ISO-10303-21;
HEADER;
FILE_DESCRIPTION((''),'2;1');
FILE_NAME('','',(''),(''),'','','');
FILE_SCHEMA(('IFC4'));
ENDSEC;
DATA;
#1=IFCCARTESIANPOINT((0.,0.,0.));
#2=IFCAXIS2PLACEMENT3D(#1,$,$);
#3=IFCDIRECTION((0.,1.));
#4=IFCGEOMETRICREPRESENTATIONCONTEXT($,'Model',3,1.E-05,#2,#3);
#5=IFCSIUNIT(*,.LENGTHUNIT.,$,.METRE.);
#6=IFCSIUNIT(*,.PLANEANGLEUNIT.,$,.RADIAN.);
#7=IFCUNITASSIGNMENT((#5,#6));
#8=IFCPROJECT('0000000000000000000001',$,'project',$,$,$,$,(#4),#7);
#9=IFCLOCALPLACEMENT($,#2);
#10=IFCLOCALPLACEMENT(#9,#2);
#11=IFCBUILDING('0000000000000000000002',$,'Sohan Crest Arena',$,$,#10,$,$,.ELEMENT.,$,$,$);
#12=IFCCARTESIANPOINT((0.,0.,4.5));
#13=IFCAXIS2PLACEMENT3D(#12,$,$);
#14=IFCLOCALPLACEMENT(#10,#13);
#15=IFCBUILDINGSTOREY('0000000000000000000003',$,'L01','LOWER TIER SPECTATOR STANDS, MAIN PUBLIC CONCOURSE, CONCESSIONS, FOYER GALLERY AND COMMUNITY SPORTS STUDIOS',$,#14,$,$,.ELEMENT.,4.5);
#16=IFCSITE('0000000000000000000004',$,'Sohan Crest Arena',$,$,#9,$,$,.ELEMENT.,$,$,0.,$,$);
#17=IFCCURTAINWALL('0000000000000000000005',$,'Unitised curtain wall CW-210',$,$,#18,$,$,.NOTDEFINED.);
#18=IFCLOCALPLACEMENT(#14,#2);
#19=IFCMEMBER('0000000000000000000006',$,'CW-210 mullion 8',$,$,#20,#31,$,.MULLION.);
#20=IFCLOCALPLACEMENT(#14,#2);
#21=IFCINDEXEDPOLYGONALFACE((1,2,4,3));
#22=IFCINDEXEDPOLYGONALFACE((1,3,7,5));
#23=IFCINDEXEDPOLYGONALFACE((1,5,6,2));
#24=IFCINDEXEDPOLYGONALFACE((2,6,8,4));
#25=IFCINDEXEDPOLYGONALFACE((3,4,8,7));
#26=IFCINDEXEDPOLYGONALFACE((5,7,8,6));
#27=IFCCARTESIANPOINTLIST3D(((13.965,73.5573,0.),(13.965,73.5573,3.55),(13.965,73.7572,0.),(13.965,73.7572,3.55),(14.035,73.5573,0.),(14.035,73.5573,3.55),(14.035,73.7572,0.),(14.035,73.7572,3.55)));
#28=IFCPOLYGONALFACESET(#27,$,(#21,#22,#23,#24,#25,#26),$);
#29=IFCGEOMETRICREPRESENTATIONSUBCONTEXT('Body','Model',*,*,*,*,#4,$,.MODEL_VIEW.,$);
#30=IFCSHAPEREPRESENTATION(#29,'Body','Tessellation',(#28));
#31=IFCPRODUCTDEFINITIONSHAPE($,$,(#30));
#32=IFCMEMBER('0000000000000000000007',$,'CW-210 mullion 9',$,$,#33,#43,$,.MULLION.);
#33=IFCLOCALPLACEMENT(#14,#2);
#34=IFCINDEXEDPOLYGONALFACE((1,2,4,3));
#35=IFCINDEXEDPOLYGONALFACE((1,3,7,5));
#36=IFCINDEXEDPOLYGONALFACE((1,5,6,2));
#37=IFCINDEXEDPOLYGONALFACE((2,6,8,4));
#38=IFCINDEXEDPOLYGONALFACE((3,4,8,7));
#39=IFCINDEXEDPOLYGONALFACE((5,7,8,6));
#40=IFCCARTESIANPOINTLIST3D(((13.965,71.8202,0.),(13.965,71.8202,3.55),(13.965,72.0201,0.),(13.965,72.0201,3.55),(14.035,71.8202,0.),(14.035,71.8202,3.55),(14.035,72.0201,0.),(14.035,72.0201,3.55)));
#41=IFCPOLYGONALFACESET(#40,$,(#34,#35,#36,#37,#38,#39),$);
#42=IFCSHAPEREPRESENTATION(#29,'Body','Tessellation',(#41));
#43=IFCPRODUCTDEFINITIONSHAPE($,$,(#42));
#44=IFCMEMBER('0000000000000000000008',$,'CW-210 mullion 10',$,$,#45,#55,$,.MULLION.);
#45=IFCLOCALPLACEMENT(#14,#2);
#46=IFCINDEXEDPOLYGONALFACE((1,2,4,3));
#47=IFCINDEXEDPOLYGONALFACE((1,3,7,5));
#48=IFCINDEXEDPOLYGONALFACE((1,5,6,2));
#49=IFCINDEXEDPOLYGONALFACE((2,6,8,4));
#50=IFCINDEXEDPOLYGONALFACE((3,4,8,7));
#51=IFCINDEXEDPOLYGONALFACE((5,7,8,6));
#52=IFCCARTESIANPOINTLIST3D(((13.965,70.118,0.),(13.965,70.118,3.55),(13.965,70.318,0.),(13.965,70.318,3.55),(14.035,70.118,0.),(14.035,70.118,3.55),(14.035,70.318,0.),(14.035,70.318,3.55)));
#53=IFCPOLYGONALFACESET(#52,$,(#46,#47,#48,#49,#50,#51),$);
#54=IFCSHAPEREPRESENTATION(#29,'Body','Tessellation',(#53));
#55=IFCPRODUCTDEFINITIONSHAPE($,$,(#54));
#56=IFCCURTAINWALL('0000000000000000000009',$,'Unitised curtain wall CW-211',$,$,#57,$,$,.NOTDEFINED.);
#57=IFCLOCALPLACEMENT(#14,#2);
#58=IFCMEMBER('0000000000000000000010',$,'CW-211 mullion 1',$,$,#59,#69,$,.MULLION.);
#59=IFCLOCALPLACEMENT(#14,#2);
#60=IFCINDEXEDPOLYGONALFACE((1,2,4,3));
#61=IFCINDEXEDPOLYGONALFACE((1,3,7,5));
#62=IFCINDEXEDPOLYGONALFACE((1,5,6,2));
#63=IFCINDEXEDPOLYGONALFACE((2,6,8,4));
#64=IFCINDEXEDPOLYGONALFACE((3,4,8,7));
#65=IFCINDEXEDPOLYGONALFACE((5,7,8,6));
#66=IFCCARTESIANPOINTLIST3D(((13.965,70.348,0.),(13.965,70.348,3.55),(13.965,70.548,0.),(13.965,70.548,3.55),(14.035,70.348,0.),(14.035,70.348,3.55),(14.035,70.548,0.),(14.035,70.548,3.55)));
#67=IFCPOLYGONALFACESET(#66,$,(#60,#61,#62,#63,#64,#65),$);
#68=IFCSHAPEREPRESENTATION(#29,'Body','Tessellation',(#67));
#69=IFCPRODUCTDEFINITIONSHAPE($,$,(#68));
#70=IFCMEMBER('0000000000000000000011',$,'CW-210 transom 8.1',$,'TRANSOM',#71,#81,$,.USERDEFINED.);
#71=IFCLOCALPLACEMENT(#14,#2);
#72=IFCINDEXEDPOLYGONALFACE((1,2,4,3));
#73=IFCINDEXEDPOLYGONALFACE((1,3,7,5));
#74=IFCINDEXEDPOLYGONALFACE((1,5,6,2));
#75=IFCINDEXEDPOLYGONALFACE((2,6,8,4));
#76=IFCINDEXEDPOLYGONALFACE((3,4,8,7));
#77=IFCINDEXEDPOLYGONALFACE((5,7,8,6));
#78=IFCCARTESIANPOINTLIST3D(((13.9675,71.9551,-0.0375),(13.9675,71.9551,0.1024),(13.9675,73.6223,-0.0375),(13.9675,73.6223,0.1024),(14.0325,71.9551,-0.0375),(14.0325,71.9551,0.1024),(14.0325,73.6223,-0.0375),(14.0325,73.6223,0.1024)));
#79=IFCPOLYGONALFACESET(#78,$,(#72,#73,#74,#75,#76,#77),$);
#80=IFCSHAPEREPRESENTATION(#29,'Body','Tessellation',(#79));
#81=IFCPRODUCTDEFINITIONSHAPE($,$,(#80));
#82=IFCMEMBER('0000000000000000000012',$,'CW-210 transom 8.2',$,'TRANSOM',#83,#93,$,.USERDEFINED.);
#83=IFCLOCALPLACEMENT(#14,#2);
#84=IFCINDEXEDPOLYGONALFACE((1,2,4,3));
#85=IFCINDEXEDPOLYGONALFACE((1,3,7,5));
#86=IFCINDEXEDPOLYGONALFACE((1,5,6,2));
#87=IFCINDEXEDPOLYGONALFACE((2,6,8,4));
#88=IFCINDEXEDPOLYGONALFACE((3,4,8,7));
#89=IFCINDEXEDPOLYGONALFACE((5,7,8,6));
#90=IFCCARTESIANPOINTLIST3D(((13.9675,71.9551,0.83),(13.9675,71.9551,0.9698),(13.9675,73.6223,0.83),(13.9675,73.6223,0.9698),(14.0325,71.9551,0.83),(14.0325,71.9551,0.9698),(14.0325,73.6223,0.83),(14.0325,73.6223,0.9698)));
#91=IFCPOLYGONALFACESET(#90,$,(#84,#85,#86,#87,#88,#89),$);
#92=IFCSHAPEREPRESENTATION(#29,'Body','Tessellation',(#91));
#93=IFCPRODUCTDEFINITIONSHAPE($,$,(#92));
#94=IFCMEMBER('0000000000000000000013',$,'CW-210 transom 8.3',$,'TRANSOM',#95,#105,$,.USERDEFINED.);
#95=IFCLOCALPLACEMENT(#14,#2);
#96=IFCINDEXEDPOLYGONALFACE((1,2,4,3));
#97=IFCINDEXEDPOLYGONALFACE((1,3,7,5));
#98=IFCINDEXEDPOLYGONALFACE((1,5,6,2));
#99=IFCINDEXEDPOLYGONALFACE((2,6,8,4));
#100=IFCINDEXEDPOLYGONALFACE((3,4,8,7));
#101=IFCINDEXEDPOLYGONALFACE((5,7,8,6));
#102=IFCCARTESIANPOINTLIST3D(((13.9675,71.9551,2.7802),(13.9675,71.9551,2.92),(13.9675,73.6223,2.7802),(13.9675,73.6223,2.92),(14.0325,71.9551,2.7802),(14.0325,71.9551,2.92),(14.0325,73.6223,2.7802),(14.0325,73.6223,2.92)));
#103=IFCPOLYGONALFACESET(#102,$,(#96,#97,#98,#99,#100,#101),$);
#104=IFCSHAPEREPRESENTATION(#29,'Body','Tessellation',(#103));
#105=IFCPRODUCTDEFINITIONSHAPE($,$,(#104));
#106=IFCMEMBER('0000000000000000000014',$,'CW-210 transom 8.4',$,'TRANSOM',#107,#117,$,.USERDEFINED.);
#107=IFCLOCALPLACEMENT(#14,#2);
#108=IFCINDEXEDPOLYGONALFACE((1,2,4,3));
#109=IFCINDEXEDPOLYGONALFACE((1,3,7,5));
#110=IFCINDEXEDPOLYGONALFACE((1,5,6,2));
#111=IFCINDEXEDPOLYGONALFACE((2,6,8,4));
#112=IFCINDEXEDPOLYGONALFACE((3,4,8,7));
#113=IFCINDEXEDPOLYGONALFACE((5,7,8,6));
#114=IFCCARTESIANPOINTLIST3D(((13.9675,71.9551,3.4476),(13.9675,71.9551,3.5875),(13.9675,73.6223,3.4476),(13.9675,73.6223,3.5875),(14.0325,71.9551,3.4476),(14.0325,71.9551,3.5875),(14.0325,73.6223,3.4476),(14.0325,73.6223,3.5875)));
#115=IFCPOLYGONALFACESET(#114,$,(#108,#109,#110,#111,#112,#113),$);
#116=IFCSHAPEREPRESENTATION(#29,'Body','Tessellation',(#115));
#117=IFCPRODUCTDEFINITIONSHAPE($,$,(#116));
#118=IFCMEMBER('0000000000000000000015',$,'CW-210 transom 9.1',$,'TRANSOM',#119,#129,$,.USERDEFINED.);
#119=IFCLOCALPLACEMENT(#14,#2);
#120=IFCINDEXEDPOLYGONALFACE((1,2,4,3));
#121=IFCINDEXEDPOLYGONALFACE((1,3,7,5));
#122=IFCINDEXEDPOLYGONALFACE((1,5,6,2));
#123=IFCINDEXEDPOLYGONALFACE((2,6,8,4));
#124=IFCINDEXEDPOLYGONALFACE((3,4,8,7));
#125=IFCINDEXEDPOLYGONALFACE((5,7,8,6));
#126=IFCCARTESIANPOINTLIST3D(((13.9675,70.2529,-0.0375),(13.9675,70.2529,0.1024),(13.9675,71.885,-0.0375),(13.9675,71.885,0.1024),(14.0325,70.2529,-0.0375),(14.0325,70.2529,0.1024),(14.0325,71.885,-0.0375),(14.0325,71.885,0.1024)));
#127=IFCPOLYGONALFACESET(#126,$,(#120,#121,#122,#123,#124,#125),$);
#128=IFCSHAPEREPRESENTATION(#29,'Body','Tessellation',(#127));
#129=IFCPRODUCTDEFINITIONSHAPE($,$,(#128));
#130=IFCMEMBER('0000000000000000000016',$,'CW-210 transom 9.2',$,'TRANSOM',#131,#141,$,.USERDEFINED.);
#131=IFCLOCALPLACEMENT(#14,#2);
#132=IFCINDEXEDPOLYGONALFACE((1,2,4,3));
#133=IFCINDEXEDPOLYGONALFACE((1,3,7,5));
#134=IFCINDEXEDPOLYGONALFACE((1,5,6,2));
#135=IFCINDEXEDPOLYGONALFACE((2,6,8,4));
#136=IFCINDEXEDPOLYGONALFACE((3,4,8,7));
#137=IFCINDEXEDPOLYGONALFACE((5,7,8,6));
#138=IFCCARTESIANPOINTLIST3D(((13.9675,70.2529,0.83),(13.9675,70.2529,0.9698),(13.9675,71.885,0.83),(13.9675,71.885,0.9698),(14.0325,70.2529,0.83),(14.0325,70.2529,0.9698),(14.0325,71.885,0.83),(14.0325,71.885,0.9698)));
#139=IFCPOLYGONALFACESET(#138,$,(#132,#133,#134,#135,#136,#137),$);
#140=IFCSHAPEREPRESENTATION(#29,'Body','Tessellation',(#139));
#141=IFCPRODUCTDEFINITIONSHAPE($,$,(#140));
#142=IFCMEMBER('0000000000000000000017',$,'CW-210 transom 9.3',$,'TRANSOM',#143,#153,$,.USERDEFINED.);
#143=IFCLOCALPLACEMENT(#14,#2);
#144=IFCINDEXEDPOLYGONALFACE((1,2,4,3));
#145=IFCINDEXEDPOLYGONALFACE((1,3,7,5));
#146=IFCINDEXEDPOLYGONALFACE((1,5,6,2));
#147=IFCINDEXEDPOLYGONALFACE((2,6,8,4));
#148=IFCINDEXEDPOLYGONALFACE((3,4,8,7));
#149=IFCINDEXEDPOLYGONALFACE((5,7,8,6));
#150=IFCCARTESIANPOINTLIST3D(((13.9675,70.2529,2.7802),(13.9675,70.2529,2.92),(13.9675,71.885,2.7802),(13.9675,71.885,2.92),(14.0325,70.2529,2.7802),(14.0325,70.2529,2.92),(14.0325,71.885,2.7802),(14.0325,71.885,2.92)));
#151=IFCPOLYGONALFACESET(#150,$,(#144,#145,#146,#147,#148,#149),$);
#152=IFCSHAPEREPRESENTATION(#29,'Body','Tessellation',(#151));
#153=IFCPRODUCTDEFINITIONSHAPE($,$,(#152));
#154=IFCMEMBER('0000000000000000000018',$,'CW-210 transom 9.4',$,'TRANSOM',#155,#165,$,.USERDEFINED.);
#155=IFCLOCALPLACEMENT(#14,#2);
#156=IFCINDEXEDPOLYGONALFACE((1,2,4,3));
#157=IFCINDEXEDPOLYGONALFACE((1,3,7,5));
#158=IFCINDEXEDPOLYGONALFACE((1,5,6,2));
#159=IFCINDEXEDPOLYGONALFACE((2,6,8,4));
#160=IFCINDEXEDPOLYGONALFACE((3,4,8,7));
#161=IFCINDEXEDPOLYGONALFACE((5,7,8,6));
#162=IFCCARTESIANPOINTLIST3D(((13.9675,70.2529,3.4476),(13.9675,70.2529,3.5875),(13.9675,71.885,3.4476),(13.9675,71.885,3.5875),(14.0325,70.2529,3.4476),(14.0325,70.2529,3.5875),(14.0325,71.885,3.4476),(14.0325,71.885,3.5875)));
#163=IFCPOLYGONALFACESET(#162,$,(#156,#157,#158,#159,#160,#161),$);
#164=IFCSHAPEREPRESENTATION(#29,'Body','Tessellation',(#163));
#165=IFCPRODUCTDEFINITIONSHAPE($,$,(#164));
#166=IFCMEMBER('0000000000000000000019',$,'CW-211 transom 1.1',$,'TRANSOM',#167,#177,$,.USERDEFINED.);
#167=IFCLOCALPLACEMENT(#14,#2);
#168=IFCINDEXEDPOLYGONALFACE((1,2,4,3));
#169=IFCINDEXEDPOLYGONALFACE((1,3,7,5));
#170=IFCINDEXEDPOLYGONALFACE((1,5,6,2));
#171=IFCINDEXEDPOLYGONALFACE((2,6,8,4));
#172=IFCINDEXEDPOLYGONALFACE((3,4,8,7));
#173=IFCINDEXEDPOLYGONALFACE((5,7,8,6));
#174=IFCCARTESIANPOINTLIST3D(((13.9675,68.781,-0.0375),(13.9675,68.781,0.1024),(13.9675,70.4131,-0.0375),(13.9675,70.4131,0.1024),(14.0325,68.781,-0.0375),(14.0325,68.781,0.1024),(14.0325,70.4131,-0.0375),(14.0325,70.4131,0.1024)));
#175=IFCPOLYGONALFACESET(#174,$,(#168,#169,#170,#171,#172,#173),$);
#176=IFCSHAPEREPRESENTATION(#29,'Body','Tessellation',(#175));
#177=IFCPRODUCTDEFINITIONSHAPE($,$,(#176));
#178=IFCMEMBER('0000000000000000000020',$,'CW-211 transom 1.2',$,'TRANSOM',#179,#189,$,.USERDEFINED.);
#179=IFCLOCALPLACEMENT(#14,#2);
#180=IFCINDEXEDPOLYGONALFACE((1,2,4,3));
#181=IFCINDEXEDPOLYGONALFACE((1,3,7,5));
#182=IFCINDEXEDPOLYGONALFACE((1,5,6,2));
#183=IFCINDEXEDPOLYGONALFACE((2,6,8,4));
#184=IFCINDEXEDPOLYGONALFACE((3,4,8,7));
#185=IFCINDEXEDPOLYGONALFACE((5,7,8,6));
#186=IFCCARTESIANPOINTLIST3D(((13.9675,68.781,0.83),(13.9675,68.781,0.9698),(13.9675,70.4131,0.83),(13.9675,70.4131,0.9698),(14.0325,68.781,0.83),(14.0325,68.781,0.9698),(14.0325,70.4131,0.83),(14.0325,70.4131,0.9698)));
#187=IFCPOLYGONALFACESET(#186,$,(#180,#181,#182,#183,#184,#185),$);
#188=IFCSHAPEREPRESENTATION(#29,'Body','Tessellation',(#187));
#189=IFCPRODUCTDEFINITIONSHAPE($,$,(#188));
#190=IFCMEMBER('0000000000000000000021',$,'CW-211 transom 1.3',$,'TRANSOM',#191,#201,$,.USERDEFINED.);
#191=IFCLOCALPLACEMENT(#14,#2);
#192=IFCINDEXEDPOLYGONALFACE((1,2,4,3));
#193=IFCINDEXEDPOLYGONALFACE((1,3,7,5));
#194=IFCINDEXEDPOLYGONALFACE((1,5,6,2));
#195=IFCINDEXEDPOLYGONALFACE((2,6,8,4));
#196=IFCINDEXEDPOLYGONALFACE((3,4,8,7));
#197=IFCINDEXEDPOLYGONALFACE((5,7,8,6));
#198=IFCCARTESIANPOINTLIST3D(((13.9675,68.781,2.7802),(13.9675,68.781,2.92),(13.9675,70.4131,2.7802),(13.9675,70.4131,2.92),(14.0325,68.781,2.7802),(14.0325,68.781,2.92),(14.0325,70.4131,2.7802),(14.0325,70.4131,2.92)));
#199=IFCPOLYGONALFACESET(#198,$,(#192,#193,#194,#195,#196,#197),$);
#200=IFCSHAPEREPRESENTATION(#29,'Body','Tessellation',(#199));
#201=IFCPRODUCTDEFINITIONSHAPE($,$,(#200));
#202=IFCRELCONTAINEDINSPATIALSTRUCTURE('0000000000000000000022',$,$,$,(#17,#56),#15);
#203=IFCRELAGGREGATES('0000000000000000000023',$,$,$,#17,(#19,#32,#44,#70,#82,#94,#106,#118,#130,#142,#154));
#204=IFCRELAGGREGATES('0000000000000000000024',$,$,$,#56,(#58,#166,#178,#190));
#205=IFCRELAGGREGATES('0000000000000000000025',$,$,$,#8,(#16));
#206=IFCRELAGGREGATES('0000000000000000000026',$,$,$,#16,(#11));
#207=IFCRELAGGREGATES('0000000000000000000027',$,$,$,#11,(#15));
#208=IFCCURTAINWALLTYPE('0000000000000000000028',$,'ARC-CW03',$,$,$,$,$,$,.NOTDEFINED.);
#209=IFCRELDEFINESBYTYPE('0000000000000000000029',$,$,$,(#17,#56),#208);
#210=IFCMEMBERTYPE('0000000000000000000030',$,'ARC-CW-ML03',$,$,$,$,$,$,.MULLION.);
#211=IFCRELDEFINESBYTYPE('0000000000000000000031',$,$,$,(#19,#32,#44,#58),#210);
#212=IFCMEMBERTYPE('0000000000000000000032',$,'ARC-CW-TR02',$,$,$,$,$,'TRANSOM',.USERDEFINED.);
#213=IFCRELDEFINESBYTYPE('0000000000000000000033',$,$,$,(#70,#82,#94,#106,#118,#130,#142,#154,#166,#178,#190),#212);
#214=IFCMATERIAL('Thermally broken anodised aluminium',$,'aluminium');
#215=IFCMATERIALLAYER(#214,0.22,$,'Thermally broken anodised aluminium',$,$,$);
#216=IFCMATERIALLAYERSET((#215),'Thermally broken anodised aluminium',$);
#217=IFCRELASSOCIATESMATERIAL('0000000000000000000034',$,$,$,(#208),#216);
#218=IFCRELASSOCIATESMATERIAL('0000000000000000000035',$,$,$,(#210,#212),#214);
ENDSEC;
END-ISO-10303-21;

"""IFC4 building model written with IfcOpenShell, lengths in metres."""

from ifc_helpers import new_model, si_unit, direction, frame, origin, origin_2d, place, context, subcontext, project, spatial, rectangle, extrude, material, layer, layer_set, material_profile, profile_set, type_object, element, aggregate, save


model = new_model("IFC4")

# Units and contexts
model_context = context("Model", 3, precision=1e-05, world=origin(), true_north=direction((0.0, 1.0)))
body_context = subcontext(model_context, "Body", "Model", "MODEL_VIEW")
ifc_project = project(units=[si_unit("LENGTHUNIT", "METRE"), si_unit("PLANEANGLEUNIT", "RADIAN")], contexts=[model_context])

# Site, building, storey
site_placement = place(None, origin())
site = spatial("IfcSite", under=ifc_project, at=site_placement, Name="Sohan Crest Arena", CompositionType="ELEMENT", RefElevation=0.0)
building_placement = place(site_placement, origin())
building = spatial("IfcBuilding", under=site, at=building_placement, Name="Sohan Crest Arena", CompositionType="ELEMENT")
storey_placement = place(building_placement, frame((0.0, 0.0, 4.5)))
storey = spatial("IfcBuildingStorey", under=building, at=storey_placement, Name="L01", Description="LOWER TIER SPECTATOR STANDS, MAIN PUBLIC CONCOURSE, CONCESSIONS, FOYER GALLERY AND COMMUNITY SPORTS STUDIOS", CompositionType="ELEMENT", Elevation=4.5)

# Curtain wall, members
ifc_material_1 = material(Name="Thermally broken anodised aluminium", Category="aluminium")
ifc_layer_1 = layer(ifc_material_1, 0.22, Name="Thermally broken anodised aluminium")
ifc_layer_set_1 = layer_set([ifc_layer_1], Name="Thermally broken anodised aluminium")
curtain_wall_type = type_object("IfcCurtainWallType", Name="ARC-CW03", PredefinedType="NOTDEFINED", material=ifc_layer_set_1)
curtain_wall_1_placement = place(storey_placement, origin())
curtain_wall_1 = element("IfcCurtainWall", 1, at=curtain_wall_1_placement, inside=storey, type_object=curtain_wall_type, Name="Unitised curtain wall CW-210", PredefinedType="NOTDEFINED")
ifc_material_profile_1 = material_profile(ifc_material_1, rectangle(XDim=0.0701, YDim=0.2, at=origin_2d()), Name="ALU-MULL 70x200")
ifc_profile_set_1 = profile_set([ifc_material_profile_1], Name="Thermally broken anodised aluminium")
member_type_1 = type_object("IfcMemberType", Name="ARC-CW-ML03", PredefinedType="MULLION", material=ifc_profile_set_1)
member_1_placement = place(storey_placement, frame((14.0, 73.6572, 0.0), z_axis=(0.0, 0.0, 1.0), x_axis=(1.0, 0.0, 0.0)))
member_1 = element("IfcMember", 2, at=member_1_placement, type_object=member_type_1, Name="CW-210 mullion 8", PredefinedType="MULLION", context=body_context, shape_type="SweptSolid", body=[
    extrude(rectangle(XDim=0.0701, YDim=0.2, at=origin_2d()), origin(), (0.0, 0.0, 1.0), 3.55),
])
member_2_placement = place(storey_placement, frame((14.0, 71.9202, 0.0), z_axis=(0.0, 0.0, 1.0), x_axis=(1.0, 0.0, 0.0)))
member_2 = element("IfcMember", 3, at=member_2_placement, type_object=member_type_1, Name="CW-210 mullion 9", PredefinedType="MULLION", context=body_context, shape_type="SweptSolid", body=[
    extrude(rectangle(XDim=0.0701, YDim=0.2, at=origin_2d()), origin(), (0.0, 0.0, 1.0), 3.55),
])
member_3_placement = place(storey_placement, frame((14.0, 70.218, 0.0), z_axis=(0.0, 0.0, 1.0), x_axis=(1.0, 0.0, 0.0)))
member_3 = element("IfcMember", 4, at=member_3_placement, type_object=member_type_1, Name="CW-210 mullion 10", PredefinedType="MULLION", context=body_context, shape_type="SweptSolid", body=[
    extrude(rectangle(XDim=0.0701, YDim=0.2, at=origin_2d()), origin(), (0.0, 0.0, 1.0), 3.55),
])

# Curtain wall, member
curtain_wall_2_placement = place(storey_placement, origin())
curtain_wall_2 = element("IfcCurtainWall", 5, at=curtain_wall_2_placement, inside=storey, type_object=curtain_wall_type, Name="Unitised curtain wall CW-211", PredefinedType="NOTDEFINED")
member_4_placement = place(storey_placement, frame((14.0, 70.448, 0.0), z_axis=(0.0, 0.0, 1.0), x_axis=(1.0, 0.0, 0.0)))
member_4 = element("IfcMember", 6, at=member_4_placement, type_object=member_type_1, Name="CW-211 mullion 1", PredefinedType="MULLION", context=body_context, shape_type="SweptSolid", body=[
    extrude(rectangle(XDim=0.0701, YDim=0.2, at=origin_2d()), origin(), (0.0, 0.0, 1.0), 3.55),
])

# Members
ifc_material_profile_2 = material_profile(ifc_material_1, rectangle(XDim=0.0649, YDim=0.1399, at=origin_2d()), Name="ALU-TRAN 65x140")
ifc_profile_set_2 = profile_set([ifc_material_profile_2], Name="Thermally broken anodised aluminium")
member_type_2 = type_object("IfcMemberType", Name="ARC-CW-TR02", ElementType="TRANSOM", PredefinedType="USERDEFINED", material=ifc_profile_set_2)
member_5_placement = place(storey_placement, frame((14.0, 73.6223, 0.0325), z_axis=(0.0, -1.0, 0.0), x_axis=(1.0, 0.0, 0.0)))
member_5 = element("IfcMember", 7, at=member_5_placement, type_object=member_type_2, Name="CW-210 transom 8.1", ObjectType="TRANSOM", PredefinedType="USERDEFINED", context=body_context, shape_type="SweptSolid", body=[
    extrude(rectangle(XDim=0.0649, YDim=0.1399, at=origin_2d()), origin(), (0.0, 0.0, 1.0), 1.6672),
])
member_6_placement = place(storey_placement, frame((14.0, 73.6223, 0.8999), z_axis=(0.0, -1.0, 0.0), x_axis=(1.0, 0.0, 0.0)))
member_6 = element("IfcMember", 8, at=member_6_placement, type_object=member_type_2, Name="CW-210 transom 8.2", ObjectType="TRANSOM", PredefinedType="USERDEFINED", context=body_context, shape_type="SweptSolid", body=[
    extrude(rectangle(XDim=0.0649, YDim=0.1399, at=origin_2d()), origin(), (0.0, 0.0, 1.0), 1.6672),
])
member_7_placement = place(storey_placement, frame((14.0, 73.6223, 2.8501), z_axis=(0.0, -1.0, 0.0), x_axis=(1.0, 0.0, 0.0)))
member_7 = element("IfcMember", 9, at=member_7_placement, type_object=member_type_2, Name="CW-210 transom 8.3", ObjectType="TRANSOM", PredefinedType="USERDEFINED", context=body_context, shape_type="SweptSolid", body=[
    extrude(rectangle(XDim=0.0649, YDim=0.1399, at=origin_2d()), origin(), (0.0, 0.0, 1.0), 1.6672),
])
member_8_placement = place(storey_placement, frame((14.0, 73.6223, 3.5176), z_axis=(0.0, -1.0, 0.0), x_axis=(1.0, 0.0, 0.0)))
member_8 = element("IfcMember", 10, at=member_8_placement, type_object=member_type_2, Name="CW-210 transom 8.4", ObjectType="TRANSOM", PredefinedType="USERDEFINED", context=body_context, shape_type="SweptSolid", body=[
    extrude(rectangle(XDim=0.0649, YDim=0.1399, at=origin_2d()), origin(), (0.0, 0.0, 1.0), 1.6672),
])
member_9_placement = place(storey_placement, frame((14.0, 71.885, 0.0325), z_axis=(0.0, -1.0, 0.0), x_axis=(1.0, 0.0, 0.0)))
member_9 = element("IfcMember", 11, at=member_9_placement, type_object=member_type_2, Name="CW-210 transom 9.1", ObjectType="TRANSOM", PredefinedType="USERDEFINED", context=body_context, shape_type="SweptSolid", body=[
    extrude(rectangle(XDim=0.0649, YDim=0.1399, at=origin_2d()), origin(), (0.0, 0.0, 1.0), 1.6321),
])
member_10_placement = place(storey_placement, frame((14.0, 71.885, 0.8999), z_axis=(0.0, -1.0, 0.0), x_axis=(1.0, 0.0, 0.0)))
member_10 = element("IfcMember", 12, at=member_10_placement, type_object=member_type_2, Name="CW-210 transom 9.2", ObjectType="TRANSOM", PredefinedType="USERDEFINED", context=body_context, shape_type="SweptSolid", body=[
    extrude(rectangle(XDim=0.0649, YDim=0.1399, at=origin_2d()), origin(), (0.0, 0.0, 1.0), 1.6321),
])
member_11_placement = place(storey_placement, frame((14.0, 71.885, 2.8501), z_axis=(0.0, -1.0, 0.0), x_axis=(1.0, 0.0, 0.0)))
member_11 = element("IfcMember", 13, at=member_11_placement, type_object=member_type_2, Name="CW-210 transom 9.3", ObjectType="TRANSOM", PredefinedType="USERDEFINED", context=body_context, shape_type="SweptSolid", body=[
    extrude(rectangle(XDim=0.0649, YDim=0.1399, at=origin_2d()), origin(), (0.0, 0.0, 1.0), 1.6321),
])
member_12_placement = place(storey_placement, frame((14.0, 71.885, 3.5176), z_axis=(0.0, -1.0, 0.0), x_axis=(1.0, 0.0, 0.0)))
member_12 = element("IfcMember", 14, at=member_12_placement, type_object=member_type_2, Name="CW-210 transom 9.4", ObjectType="TRANSOM", PredefinedType="USERDEFINED", context=body_context, shape_type="SweptSolid", body=[
    extrude(rectangle(XDim=0.0649, YDim=0.1399, at=origin_2d()), origin(), (0.0, 0.0, 1.0), 1.6321),
])
member_13_placement = place(storey_placement, frame((14.0, 70.4131, 0.0325), z_axis=(0.0, -1.0, 0.0), x_axis=(1.0, 0.0, 0.0)))
member_13 = element("IfcMember", 15, at=member_13_placement, type_object=member_type_2, Name="CW-211 transom 1.1", ObjectType="TRANSOM", PredefinedType="USERDEFINED", context=body_context, shape_type="SweptSolid", body=[
    extrude(rectangle(XDim=0.0649, YDim=0.1399, at=origin_2d()), origin(), (0.0, 0.0, 1.0), 1.6321),
])
member_14_placement = place(storey_placement, frame((14.0, 70.4131, 0.8999), z_axis=(0.0, -1.0, 0.0), x_axis=(1.0, 0.0, 0.0)))
member_14 = element("IfcMember", 16, at=member_14_placement, type_object=member_type_2, Name="CW-211 transom 1.2", ObjectType="TRANSOM", PredefinedType="USERDEFINED", context=body_context, shape_type="SweptSolid", body=[
    extrude(rectangle(XDim=0.0649, YDim=0.1399, at=origin_2d()), origin(), (0.0, 0.0, 1.0), 1.6321),
])
member_15_placement = place(storey_placement, frame((14.0, 70.4131, 2.8501), z_axis=(0.0, -1.0, 0.0), x_axis=(1.0, 0.0, 0.0)))
member_15 = element("IfcMember", 17, at=member_15_placement, type_object=member_type_2, Name="CW-211 transom 1.3", ObjectType="TRANSOM", PredefinedType="USERDEFINED", context=body_context, shape_type="SweptSolid", body=[
    extrude(rectangle(XDim=0.0649, YDim=0.1399, at=origin_2d()), origin(), (0.0, 0.0, 1.0), 1.6321),
])

aggregate(curtain_wall_1, [member_1, member_2, member_3, member_5, member_6, member_7, member_8, member_9, member_10, member_11, member_12])
aggregate(curtain_wall_2, [member_4, member_13, member_14, member_15])

save(model, "model.ifc")
